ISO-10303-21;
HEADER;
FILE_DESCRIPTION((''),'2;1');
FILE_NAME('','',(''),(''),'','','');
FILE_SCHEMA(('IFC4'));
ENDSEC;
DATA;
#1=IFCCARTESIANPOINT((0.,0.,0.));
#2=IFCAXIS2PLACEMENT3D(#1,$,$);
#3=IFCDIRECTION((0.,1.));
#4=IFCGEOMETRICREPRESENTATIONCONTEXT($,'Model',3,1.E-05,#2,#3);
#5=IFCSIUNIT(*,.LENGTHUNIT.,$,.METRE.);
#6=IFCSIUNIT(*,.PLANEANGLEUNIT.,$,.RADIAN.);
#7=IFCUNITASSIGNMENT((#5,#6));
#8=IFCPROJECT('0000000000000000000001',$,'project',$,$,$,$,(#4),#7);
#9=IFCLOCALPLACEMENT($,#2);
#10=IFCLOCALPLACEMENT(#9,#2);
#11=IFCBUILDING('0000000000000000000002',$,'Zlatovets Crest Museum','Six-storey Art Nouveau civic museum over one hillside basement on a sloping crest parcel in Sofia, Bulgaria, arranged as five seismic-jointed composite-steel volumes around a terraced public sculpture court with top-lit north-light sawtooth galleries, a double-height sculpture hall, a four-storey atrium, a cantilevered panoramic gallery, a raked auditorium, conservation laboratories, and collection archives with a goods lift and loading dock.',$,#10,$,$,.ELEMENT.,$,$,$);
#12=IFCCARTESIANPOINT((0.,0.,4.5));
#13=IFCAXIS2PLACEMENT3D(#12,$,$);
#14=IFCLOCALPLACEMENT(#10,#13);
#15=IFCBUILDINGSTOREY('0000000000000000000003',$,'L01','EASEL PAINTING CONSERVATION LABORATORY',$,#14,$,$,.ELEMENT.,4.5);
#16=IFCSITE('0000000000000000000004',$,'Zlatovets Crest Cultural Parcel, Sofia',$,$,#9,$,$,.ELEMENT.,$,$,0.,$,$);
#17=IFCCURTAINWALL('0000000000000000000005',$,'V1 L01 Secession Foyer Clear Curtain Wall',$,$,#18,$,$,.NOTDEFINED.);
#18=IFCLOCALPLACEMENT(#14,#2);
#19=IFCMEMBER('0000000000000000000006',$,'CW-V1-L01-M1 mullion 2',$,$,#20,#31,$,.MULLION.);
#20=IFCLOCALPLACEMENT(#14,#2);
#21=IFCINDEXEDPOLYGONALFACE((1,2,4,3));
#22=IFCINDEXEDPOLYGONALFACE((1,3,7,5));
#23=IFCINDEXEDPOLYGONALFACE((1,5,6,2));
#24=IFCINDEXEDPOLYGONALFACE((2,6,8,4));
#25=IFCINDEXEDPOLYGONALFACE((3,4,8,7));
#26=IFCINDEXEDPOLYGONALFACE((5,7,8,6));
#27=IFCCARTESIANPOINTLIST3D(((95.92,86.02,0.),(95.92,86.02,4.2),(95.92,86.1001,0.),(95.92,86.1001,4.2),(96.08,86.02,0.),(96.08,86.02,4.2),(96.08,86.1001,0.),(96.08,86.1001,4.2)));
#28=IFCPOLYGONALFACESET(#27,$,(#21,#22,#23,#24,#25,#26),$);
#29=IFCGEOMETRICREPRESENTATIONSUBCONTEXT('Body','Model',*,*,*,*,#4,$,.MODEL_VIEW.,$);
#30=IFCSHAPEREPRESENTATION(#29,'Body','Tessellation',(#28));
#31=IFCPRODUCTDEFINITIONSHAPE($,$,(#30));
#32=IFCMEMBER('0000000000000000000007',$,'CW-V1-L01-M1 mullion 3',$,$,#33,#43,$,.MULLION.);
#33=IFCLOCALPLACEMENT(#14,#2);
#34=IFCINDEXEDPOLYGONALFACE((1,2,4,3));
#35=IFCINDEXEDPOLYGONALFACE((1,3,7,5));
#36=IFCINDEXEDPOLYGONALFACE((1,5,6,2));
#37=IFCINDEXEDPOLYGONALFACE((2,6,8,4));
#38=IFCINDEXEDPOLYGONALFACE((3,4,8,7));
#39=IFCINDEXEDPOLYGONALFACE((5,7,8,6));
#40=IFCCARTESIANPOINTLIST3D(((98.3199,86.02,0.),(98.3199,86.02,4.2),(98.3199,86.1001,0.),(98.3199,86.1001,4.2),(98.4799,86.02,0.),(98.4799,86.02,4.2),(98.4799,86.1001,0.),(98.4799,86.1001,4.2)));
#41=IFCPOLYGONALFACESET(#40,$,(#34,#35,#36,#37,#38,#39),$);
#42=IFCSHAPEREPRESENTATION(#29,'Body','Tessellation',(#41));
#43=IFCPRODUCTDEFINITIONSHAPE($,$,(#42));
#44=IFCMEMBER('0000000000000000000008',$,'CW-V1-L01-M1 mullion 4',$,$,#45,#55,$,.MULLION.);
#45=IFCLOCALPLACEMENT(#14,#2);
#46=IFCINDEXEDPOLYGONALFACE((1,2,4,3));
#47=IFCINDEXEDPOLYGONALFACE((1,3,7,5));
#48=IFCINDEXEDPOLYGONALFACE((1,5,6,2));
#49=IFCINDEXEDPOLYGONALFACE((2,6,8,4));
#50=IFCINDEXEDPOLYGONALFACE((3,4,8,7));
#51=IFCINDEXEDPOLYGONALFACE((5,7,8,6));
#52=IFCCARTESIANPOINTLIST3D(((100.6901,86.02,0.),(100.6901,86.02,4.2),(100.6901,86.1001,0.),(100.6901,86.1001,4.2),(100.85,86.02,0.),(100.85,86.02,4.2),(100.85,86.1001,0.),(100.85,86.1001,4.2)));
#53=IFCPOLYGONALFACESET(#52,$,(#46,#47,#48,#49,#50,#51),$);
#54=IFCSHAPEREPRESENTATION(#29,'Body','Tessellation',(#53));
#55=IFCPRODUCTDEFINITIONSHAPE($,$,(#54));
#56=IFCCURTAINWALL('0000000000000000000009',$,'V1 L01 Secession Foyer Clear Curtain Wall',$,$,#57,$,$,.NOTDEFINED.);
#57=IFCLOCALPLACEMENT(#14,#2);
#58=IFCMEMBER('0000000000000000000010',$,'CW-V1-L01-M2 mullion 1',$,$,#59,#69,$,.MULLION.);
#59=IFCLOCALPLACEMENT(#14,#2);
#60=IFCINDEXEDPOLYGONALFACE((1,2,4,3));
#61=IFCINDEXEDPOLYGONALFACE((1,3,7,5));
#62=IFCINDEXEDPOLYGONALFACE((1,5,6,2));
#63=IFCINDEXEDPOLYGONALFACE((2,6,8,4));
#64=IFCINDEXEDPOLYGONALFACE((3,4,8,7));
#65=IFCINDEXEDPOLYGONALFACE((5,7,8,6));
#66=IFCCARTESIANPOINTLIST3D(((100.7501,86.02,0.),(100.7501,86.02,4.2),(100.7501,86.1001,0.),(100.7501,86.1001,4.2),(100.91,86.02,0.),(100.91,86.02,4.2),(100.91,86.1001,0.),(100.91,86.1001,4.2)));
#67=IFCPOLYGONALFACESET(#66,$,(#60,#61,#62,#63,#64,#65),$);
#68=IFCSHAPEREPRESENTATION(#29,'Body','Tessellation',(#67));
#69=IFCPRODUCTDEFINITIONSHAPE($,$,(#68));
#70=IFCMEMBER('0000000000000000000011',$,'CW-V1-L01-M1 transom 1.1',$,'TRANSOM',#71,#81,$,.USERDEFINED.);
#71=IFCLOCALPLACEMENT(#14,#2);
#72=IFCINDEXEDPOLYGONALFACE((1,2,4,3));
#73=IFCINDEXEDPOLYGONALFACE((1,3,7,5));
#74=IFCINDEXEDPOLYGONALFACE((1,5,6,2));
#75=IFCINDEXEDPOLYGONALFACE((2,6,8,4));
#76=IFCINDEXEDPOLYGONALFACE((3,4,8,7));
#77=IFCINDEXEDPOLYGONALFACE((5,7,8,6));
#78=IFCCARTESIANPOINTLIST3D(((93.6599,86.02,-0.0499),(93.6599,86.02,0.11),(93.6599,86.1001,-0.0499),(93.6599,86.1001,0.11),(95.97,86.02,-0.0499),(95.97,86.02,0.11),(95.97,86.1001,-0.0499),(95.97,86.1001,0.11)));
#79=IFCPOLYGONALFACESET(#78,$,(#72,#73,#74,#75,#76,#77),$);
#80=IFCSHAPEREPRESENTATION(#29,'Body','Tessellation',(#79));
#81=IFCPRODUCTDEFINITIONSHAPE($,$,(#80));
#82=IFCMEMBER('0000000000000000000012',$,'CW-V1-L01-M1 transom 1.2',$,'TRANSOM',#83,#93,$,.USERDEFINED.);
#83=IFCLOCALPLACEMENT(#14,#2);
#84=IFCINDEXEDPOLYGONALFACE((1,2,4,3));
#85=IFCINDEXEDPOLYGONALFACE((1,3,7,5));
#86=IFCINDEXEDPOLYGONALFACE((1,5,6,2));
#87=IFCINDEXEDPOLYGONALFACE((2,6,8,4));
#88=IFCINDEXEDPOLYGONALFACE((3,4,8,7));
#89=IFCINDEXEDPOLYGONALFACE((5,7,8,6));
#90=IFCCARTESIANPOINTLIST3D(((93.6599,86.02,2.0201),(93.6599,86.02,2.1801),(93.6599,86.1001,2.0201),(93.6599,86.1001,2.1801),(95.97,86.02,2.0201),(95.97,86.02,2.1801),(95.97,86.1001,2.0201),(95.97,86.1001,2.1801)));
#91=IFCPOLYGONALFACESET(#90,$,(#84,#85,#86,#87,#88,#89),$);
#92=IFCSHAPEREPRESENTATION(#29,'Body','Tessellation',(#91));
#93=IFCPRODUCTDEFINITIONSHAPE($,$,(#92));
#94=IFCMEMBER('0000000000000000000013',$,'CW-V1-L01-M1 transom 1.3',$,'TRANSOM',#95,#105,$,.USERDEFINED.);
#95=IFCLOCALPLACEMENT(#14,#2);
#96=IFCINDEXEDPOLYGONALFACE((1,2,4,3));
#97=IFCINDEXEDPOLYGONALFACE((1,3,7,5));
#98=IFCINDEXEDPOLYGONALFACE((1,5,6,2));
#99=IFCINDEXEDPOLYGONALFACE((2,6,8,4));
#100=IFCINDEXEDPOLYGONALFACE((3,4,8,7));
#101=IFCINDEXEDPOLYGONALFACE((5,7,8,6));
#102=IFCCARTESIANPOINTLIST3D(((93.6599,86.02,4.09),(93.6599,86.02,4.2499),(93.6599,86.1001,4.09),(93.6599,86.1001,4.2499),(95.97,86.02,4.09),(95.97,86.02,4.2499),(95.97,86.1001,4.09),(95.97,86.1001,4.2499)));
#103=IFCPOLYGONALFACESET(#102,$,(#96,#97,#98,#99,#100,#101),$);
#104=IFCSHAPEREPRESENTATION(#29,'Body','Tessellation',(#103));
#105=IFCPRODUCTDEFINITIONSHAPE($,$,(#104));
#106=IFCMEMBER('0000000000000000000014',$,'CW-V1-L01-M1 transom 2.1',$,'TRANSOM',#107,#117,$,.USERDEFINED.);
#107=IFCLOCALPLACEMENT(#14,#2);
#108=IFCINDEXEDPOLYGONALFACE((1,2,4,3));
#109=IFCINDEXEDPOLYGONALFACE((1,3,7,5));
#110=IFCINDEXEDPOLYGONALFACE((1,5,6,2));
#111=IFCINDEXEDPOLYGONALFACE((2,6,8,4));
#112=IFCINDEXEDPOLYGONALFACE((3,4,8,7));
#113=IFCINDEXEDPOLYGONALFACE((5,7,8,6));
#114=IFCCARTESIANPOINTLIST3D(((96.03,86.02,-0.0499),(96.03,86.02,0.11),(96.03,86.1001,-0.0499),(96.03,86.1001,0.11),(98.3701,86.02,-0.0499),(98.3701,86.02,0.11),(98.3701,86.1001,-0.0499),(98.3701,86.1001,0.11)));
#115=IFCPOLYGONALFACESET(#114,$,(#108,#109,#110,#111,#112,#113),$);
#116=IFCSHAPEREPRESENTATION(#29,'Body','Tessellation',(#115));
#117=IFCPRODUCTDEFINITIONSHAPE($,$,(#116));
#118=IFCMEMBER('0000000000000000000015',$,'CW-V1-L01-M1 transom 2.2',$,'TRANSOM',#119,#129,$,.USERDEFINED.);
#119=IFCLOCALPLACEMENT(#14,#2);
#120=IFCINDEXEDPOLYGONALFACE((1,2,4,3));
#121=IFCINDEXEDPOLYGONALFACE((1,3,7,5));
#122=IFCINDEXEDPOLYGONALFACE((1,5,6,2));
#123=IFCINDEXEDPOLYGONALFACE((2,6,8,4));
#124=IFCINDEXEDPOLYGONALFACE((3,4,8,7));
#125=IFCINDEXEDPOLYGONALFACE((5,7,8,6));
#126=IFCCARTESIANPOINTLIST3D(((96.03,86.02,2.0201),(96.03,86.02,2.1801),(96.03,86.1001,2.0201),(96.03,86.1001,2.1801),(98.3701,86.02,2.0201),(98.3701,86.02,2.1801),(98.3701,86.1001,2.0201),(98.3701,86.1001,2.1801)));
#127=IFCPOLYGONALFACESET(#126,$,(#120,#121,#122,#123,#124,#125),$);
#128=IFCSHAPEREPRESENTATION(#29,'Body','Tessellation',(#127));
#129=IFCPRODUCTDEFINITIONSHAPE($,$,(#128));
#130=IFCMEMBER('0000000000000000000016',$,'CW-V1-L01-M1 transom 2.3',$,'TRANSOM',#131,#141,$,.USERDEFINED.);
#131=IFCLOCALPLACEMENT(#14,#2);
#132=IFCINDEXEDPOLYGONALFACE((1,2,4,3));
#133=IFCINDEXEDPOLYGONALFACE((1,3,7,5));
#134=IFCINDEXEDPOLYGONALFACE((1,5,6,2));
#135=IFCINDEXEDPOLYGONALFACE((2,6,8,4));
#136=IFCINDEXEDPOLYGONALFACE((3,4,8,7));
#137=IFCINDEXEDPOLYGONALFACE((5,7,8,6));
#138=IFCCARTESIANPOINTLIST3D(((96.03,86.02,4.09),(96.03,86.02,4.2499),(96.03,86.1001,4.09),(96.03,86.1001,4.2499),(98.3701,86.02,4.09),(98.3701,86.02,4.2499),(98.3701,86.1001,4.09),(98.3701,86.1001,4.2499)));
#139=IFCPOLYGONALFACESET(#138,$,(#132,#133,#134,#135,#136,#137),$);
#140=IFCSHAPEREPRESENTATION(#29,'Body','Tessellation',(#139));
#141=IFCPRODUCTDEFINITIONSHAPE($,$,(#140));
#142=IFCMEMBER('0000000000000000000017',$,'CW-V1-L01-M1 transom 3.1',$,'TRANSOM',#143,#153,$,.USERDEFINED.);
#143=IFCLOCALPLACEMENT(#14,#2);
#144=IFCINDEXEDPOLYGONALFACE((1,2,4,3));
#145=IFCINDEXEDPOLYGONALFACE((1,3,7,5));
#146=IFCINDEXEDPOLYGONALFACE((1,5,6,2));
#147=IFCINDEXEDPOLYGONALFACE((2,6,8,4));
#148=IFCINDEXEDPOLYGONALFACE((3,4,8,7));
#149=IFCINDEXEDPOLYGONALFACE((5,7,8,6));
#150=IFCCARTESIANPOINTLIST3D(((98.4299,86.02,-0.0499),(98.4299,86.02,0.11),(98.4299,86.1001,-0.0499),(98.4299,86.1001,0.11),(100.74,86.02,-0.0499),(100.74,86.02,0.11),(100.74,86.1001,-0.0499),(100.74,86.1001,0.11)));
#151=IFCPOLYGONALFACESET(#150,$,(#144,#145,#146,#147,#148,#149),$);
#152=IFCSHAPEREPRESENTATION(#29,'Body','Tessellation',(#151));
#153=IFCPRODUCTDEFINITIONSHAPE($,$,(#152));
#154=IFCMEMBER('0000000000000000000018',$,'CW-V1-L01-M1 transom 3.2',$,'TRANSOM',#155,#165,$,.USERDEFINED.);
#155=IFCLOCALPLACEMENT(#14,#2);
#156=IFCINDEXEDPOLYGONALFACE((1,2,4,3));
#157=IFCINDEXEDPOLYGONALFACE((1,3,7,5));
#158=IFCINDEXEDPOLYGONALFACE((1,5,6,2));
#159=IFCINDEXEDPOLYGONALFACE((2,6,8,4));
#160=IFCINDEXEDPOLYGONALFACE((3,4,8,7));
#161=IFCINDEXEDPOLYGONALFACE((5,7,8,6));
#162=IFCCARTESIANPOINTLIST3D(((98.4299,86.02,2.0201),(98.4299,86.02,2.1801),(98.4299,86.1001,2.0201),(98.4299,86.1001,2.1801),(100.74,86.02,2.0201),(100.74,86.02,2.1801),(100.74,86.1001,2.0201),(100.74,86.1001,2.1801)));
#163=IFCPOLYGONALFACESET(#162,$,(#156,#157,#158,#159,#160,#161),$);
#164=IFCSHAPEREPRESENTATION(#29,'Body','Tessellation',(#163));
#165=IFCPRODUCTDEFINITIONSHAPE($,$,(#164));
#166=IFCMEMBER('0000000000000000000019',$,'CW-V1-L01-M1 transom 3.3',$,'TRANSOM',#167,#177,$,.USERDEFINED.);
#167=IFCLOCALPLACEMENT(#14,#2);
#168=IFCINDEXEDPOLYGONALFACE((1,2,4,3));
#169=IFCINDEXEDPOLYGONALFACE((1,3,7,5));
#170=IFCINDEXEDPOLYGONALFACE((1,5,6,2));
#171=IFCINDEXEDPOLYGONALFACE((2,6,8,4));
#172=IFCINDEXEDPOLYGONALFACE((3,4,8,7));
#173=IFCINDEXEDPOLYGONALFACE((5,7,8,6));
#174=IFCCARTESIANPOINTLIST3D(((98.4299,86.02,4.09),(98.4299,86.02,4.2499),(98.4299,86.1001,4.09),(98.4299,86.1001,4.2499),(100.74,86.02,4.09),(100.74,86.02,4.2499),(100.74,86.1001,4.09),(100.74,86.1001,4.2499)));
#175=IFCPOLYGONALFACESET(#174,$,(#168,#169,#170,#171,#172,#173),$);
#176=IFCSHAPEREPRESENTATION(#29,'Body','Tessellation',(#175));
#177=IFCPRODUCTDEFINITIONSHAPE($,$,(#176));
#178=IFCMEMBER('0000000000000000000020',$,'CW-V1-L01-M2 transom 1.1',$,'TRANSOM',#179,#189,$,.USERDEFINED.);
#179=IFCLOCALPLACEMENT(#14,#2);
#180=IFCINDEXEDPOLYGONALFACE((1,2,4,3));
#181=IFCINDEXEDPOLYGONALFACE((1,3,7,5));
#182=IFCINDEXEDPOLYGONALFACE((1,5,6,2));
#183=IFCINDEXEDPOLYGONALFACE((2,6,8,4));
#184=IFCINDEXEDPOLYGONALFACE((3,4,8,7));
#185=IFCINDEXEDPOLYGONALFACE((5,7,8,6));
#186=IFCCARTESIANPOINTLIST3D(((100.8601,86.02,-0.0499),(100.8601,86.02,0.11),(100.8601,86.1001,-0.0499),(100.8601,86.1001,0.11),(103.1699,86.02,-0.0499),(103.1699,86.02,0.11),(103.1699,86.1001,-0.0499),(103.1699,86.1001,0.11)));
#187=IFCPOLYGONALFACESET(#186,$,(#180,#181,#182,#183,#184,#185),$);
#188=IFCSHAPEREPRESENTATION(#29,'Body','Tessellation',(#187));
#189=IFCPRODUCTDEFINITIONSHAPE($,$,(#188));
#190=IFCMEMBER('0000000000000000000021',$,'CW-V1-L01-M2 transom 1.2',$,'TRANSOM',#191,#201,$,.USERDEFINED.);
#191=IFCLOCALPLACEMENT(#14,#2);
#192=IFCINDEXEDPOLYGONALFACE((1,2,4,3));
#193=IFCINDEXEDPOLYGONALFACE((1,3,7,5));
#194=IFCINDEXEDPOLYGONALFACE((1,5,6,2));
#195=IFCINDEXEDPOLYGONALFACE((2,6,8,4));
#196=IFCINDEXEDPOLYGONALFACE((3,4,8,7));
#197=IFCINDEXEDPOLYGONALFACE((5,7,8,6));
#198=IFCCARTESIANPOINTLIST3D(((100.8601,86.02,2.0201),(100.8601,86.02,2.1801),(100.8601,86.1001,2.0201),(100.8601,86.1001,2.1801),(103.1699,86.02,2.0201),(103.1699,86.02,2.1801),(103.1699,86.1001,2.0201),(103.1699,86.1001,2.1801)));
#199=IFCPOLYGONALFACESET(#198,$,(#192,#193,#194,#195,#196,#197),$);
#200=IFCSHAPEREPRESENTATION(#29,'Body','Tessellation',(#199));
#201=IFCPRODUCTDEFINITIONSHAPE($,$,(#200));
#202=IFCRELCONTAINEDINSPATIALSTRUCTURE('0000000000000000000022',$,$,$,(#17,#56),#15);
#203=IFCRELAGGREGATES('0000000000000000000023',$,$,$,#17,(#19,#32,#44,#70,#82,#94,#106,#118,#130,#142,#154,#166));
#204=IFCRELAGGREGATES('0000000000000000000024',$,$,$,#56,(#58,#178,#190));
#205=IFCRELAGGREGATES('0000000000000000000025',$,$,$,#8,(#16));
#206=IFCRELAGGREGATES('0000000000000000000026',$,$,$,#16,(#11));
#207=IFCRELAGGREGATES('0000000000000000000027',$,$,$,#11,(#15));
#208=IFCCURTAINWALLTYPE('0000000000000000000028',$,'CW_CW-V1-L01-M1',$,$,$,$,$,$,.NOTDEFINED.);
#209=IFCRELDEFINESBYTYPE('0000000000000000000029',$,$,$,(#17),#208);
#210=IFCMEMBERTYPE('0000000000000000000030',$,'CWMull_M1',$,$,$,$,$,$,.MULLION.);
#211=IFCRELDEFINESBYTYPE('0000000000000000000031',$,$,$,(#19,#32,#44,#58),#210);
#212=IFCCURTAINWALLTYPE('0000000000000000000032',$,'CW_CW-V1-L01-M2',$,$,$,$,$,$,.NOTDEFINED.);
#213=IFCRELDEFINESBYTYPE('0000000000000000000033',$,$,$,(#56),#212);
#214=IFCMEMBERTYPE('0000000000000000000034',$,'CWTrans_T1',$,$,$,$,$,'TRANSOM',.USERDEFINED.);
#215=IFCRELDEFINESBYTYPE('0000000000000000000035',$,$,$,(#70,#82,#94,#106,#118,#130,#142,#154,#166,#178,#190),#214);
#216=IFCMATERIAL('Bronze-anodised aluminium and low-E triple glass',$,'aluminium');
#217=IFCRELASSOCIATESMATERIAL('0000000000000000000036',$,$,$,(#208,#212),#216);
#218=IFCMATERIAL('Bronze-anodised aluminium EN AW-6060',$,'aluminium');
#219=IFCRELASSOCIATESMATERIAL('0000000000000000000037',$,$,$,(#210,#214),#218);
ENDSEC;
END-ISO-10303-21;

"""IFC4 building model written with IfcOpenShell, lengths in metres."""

from ifc_helpers import new_model, si_unit, direction, frame, origin, origin_2d, place, context, subcontext, project, spatial, rectangle, extrude, material, material_profile, profile_set, type_object, element, aggregate, save


model = new_model("IFC4")

# Units and contexts
model_context = context("Model", 3, precision=1e-05, world=origin(), true_north=direction((0.0, 1.0)))
body_context = subcontext(model_context, "Body", "Model", "MODEL_VIEW")
ifc_project = project(units=[si_unit("LENGTHUNIT", "METRE"), si_unit("PLANEANGLEUNIT", "RADIAN")], contexts=[model_context])

# Site, building, storey
site_placement = place(None, origin())
site = spatial("IfcSite", under=ifc_project, at=site_placement, Name="Zlatovets Crest Cultural Parcel, Sofia", CompositionType="ELEMENT", RefElevation=0.0)
building_placement = place(site_placement, origin())
building = spatial("IfcBuilding", under=site, at=building_placement, Name="Zlatovets Crest Museum", Description="Six-storey Art Nouveau civic museum over one hillside basement on a sloping crest parcel in Sofia, Bulgaria, arranged as five seismic-jointed composite-steel volumes around a terraced public sculpture court with top-lit north-light sawtooth galleries, a double-height sculpture hall, a four-storey atrium, a cantilevered panoramic gallery, a raked auditorium, conservation laboratories, and collection archives with a goods lift and loading dock.", CompositionType="ELEMENT")
storey_placement = place(building_placement, frame((0.0, 0.0, 4.5)))
storey = spatial("IfcBuildingStorey", under=building, at=storey_placement, Name="L01", Description="EASEL PAINTING CONSERVATION LABORATORY", CompositionType="ELEMENT", Elevation=4.5)

# Curtain wall, members
ifc_material_1 = material(Name="Bronze-anodised aluminium and low-E triple glass", Category="aluminium")
curtain_wall_type_1 = type_object("IfcCurtainWallType", Name="CW_CW-V1-L01-M1", PredefinedType="NOTDEFINED", material=ifc_material_1)
curtain_wall_1_placement = place(storey_placement, origin())
curtain_wall_1 = element("IfcCurtainWall", 1, at=curtain_wall_1_placement, inside=storey, type_object=curtain_wall_type_1, Name="V1 L01 Secession Foyer Clear Curtain Wall", PredefinedType="NOTDEFINED")
ifc_material_2 = material(Name="Bronze-anodised aluminium EN AW-6060", Category="aluminium")
ifc_material_profile_1 = material_profile(ifc_material_2, rectangle(XDim=0.0801, YDim=0.1599, at=origin_2d()), Name="ALU 80x160")
ifc_profile_set_1 = profile_set([ifc_material_profile_1], Name="Bronze-anodised aluminium EN AW-6060")
member_type_1 = type_object("IfcMemberType", Name="CWMull_M1", PredefinedType="MULLION", material=ifc_profile_set_1)
member_1_placement = place(storey_placement, frame((96.0, 86.0601, 0.0), z_axis=(0.0, 0.0, 1.0), x_axis=(0.0, 1.0, 0.0)))
member_1 = element("IfcMember", 2, at=member_1_placement, type_object=member_type_1, Name="CW-V1-L01-M1 mullion 2", PredefinedType="MULLION", context=body_context, shape_type="SweptSolid", body=[
    extrude(rectangle(XDim=0.0801, YDim=0.1599, at=origin_2d()), origin(), (0.0, 0.0, 1.0), 4.2),
])
member_2_placement = place(storey_placement, frame((98.3999, 86.0601, 0.0), z_axis=(0.0, 0.0, 1.0), x_axis=(0.0, 1.0, 0.0)))
member_2 = element("IfcMember", 3, at=member_2_placement, type_object=member_type_1, Name="CW-V1-L01-M1 mullion 3", PredefinedType="MULLION", context=body_context, shape_type="SweptSolid", body=[
    extrude(rectangle(XDim=0.0801, YDim=0.1599, at=origin_2d()), origin(), (0.0, 0.0, 1.0), 4.2),
])
member_3_placement = place(storey_placement, frame((100.77, 86.0601, 0.0), z_axis=(0.0, 0.0, 1.0), x_axis=(0.0, 1.0, 0.0)))
member_3 = element("IfcMember", 4, at=member_3_placement, type_object=member_type_1, Name="CW-V1-L01-M1 mullion 4", PredefinedType="MULLION", context=body_context, shape_type="SweptSolid", body=[
    extrude(rectangle(XDim=0.0801, YDim=0.1599, at=origin_2d()), origin(), (0.0, 0.0, 1.0), 4.2),
])

# Curtain wall, member
curtain_wall_type_2 = type_object("IfcCurtainWallType", Name="CW_CW-V1-L01-M2", PredefinedType="NOTDEFINED", material=ifc_material_1)
curtain_wall_2_placement = place(storey_placement, origin())
curtain_wall_2 = element("IfcCurtainWall", 5, at=curtain_wall_2_placement, inside=storey, type_object=curtain_wall_type_2, Name="V1 L01 Secession Foyer Clear Curtain Wall", PredefinedType="NOTDEFINED")
member_4_placement = place(storey_placement, frame((100.8301, 86.0601, 0.0), z_axis=(0.0, 0.0, 1.0), x_axis=(0.0, 1.0, 0.0)))
member_4 = element("IfcMember", 6, at=member_4_placement, type_object=member_type_1, Name="CW-V1-L01-M2 mullion 1", PredefinedType="MULLION", context=body_context, shape_type="SweptSolid", body=[
    extrude(rectangle(XDim=0.0801, YDim=0.1599, at=origin_2d()), origin(), (0.0, 0.0, 1.0), 4.2),
])

# Members
ifc_material_profile_2 = material_profile(ifc_material_2, rectangle(XDim=0.0801, YDim=0.1599, at=origin_2d()), Name="ALU 80x160")
ifc_profile_set_2 = profile_set([ifc_material_profile_2], Name="Bronze-anodised aluminium EN AW-6060")
member_type_2 = type_object("IfcMemberType", Name="CWTrans_T1", ElementType="TRANSOM", PredefinedType="USERDEFINED", material=ifc_profile_set_2)
member_5_placement = place(storey_placement, frame((93.6599, 86.0601, 0.03), z_axis=(1.0, 0.0, 0.0), x_axis=(0.0, 1.0, 0.0)))
member_5 = element("IfcMember", 7, at=member_5_placement, type_object=member_type_2, Name="CW-V1-L01-M1 transom 1.1", ObjectType="TRANSOM", PredefinedType="USERDEFINED", context=body_context, shape_type="SweptSolid", body=[
    extrude(rectangle(XDim=0.0801, YDim=0.1599, at=origin_2d()), origin(), (0.0, 0.0, 1.0), 2.3101),
])
member_6_placement = place(storey_placement, frame((93.6599, 86.0601, 2.1001), z_axis=(1.0, 0.0, 0.0), x_axis=(0.0, 1.0, 0.0)))
member_6 = element("IfcMember", 8, at=member_6_placement, type_object=member_type_2, Name="CW-V1-L01-M1 transom 1.2", ObjectType="TRANSOM", PredefinedType="USERDEFINED", context=body_context, shape_type="SweptSolid", body=[
    extrude(rectangle(XDim=0.0801, YDim=0.1599, at=origin_2d()), origin(), (0.0, 0.0, 1.0), 2.3101),
])
member_7_placement = place(storey_placement, frame((93.6599, 86.0601, 4.1699), z_axis=(1.0, 0.0, 0.0), x_axis=(0.0, 1.0, 0.0)))
member_7 = element("IfcMember", 9, at=member_7_placement, type_object=member_type_2, Name="CW-V1-L01-M1 transom 1.3", ObjectType="TRANSOM", PredefinedType="USERDEFINED", context=body_context, shape_type="SweptSolid", body=[
    extrude(rectangle(XDim=0.0801, YDim=0.1599, at=origin_2d()), origin(), (0.0, 0.0, 1.0), 2.3101),
])
member_8_placement = place(storey_placement, frame((96.03, 86.0601, 0.03), z_axis=(1.0, 0.0, 0.0), x_axis=(0.0, 1.0, 0.0)))
member_8 = element("IfcMember", 10, at=member_8_placement, type_object=member_type_2, Name="CW-V1-L01-M1 transom 2.1", ObjectType="TRANSOM", PredefinedType="USERDEFINED", context=body_context, shape_type="SweptSolid", body=[
    extrude(rectangle(XDim=0.0801, YDim=0.1599, at=origin_2d()), origin(), (0.0, 0.0, 1.0), 2.3401),
])
member_9_placement = place(storey_placement, frame((96.03, 86.0601, 2.1001), z_axis=(1.0, 0.0, 0.0), x_axis=(0.0, 1.0, 0.0)))
member_9 = element("IfcMember", 11, at=member_9_placement, type_object=member_type_2, Name="CW-V1-L01-M1 transom 2.2", ObjectType="TRANSOM", PredefinedType="USERDEFINED", context=body_context, shape_type="SweptSolid", body=[
    extrude(rectangle(XDim=0.0801, YDim=0.1599, at=origin_2d()), origin(), (0.0, 0.0, 1.0), 2.3401),
])
member_10_placement = place(storey_placement, frame((96.03, 86.0601, 4.1699), z_axis=(1.0, 0.0, 0.0), x_axis=(0.0, 1.0, 0.0)))
member_10 = element("IfcMember", 12, at=member_10_placement, type_object=member_type_2, Name="CW-V1-L01-M1 transom 2.3", ObjectType="TRANSOM", PredefinedType="USERDEFINED", context=body_context, shape_type="SweptSolid", body=[
    extrude(rectangle(XDim=0.0801, YDim=0.1599, at=origin_2d()), origin(), (0.0, 0.0, 1.0), 2.3401),
])
member_11_placement = place(storey_placement, frame((98.4299, 86.0601, 0.03), z_axis=(1.0, 0.0, 0.0), x_axis=(0.0, 1.0, 0.0)))
member_11 = element("IfcMember", 13, at=member_11_placement, type_object=member_type_2, Name="CW-V1-L01-M1 transom 3.1", ObjectType="TRANSOM", PredefinedType="USERDEFINED", context=body_context, shape_type="SweptSolid", body=[
    extrude(rectangle(XDim=0.0801, YDim=0.1599, at=origin_2d()), origin(), (0.0, 0.0, 1.0), 2.3101),
])
member_12_placement = place(storey_placement, frame((98.4299, 86.0601, 2.1001), z_axis=(1.0, 0.0, 0.0), x_axis=(0.0, 1.0, 0.0)))
member_12 = element("IfcMember", 14, at=member_12_placement, type_object=member_type_2, Name="CW-V1-L01-M1 transom 3.2", ObjectType="TRANSOM", PredefinedType="USERDEFINED", context=body_context, shape_type="SweptSolid", body=[
    extrude(rectangle(XDim=0.0801, YDim=0.1599, at=origin_2d()), origin(), (0.0, 0.0, 1.0), 2.3101),
])
member_13_placement = place(storey_placement, frame((98.4299, 86.0601, 4.1699), z_axis=(1.0, 0.0, 0.0), x_axis=(0.0, 1.0, 0.0)))
member_13 = element("IfcMember", 15, at=member_13_placement, type_object=member_type_2, Name="CW-V1-L01-M1 transom 3.3", ObjectType="TRANSOM", PredefinedType="USERDEFINED", context=body_context, shape_type="SweptSolid", body=[
    extrude(rectangle(XDim=0.0801, YDim=0.1599, at=origin_2d()), origin(), (0.0, 0.0, 1.0), 2.3101),
])
member_14_placement = place(storey_placement, frame((100.8601, 86.0601, 0.03), z_axis=(1.0, 0.0, 0.0), x_axis=(0.0, 1.0, 0.0)))
member_14 = element("IfcMember", 16, at=member_14_placement, type_object=member_type_2, Name="CW-V1-L01-M2 transom 1.1", ObjectType="TRANSOM", PredefinedType="USERDEFINED", context=body_context, shape_type="SweptSolid", body=[
    extrude(rectangle(XDim=0.0801, YDim=0.1599, at=origin_2d()), origin(), (0.0, 0.0, 1.0), 2.3098),
])
member_15_placement = place(storey_placement, frame((100.8601, 86.0601, 2.1001), z_axis=(1.0, 0.0, 0.0), x_axis=(0.0, 1.0, 0.0)))
member_15 = element("IfcMember", 17, at=member_15_placement, type_object=member_type_2, Name="CW-V1-L01-M2 transom 1.2", ObjectType="TRANSOM", PredefinedType="USERDEFINED", context=body_context, shape_type="SweptSolid", body=[
    extrude(rectangle(XDim=0.0801, YDim=0.1599, at=origin_2d()), origin(), (0.0, 0.0, 1.0), 2.3098),
])

aggregate(curtain_wall_1, [member_1, member_2, member_3, member_5, member_6, member_7, member_8, member_9, member_10, member_11, member_12, member_13])
aggregate(curtain_wall_2, [member_4, member_14, member_15])

save(model, "model.ifc")
